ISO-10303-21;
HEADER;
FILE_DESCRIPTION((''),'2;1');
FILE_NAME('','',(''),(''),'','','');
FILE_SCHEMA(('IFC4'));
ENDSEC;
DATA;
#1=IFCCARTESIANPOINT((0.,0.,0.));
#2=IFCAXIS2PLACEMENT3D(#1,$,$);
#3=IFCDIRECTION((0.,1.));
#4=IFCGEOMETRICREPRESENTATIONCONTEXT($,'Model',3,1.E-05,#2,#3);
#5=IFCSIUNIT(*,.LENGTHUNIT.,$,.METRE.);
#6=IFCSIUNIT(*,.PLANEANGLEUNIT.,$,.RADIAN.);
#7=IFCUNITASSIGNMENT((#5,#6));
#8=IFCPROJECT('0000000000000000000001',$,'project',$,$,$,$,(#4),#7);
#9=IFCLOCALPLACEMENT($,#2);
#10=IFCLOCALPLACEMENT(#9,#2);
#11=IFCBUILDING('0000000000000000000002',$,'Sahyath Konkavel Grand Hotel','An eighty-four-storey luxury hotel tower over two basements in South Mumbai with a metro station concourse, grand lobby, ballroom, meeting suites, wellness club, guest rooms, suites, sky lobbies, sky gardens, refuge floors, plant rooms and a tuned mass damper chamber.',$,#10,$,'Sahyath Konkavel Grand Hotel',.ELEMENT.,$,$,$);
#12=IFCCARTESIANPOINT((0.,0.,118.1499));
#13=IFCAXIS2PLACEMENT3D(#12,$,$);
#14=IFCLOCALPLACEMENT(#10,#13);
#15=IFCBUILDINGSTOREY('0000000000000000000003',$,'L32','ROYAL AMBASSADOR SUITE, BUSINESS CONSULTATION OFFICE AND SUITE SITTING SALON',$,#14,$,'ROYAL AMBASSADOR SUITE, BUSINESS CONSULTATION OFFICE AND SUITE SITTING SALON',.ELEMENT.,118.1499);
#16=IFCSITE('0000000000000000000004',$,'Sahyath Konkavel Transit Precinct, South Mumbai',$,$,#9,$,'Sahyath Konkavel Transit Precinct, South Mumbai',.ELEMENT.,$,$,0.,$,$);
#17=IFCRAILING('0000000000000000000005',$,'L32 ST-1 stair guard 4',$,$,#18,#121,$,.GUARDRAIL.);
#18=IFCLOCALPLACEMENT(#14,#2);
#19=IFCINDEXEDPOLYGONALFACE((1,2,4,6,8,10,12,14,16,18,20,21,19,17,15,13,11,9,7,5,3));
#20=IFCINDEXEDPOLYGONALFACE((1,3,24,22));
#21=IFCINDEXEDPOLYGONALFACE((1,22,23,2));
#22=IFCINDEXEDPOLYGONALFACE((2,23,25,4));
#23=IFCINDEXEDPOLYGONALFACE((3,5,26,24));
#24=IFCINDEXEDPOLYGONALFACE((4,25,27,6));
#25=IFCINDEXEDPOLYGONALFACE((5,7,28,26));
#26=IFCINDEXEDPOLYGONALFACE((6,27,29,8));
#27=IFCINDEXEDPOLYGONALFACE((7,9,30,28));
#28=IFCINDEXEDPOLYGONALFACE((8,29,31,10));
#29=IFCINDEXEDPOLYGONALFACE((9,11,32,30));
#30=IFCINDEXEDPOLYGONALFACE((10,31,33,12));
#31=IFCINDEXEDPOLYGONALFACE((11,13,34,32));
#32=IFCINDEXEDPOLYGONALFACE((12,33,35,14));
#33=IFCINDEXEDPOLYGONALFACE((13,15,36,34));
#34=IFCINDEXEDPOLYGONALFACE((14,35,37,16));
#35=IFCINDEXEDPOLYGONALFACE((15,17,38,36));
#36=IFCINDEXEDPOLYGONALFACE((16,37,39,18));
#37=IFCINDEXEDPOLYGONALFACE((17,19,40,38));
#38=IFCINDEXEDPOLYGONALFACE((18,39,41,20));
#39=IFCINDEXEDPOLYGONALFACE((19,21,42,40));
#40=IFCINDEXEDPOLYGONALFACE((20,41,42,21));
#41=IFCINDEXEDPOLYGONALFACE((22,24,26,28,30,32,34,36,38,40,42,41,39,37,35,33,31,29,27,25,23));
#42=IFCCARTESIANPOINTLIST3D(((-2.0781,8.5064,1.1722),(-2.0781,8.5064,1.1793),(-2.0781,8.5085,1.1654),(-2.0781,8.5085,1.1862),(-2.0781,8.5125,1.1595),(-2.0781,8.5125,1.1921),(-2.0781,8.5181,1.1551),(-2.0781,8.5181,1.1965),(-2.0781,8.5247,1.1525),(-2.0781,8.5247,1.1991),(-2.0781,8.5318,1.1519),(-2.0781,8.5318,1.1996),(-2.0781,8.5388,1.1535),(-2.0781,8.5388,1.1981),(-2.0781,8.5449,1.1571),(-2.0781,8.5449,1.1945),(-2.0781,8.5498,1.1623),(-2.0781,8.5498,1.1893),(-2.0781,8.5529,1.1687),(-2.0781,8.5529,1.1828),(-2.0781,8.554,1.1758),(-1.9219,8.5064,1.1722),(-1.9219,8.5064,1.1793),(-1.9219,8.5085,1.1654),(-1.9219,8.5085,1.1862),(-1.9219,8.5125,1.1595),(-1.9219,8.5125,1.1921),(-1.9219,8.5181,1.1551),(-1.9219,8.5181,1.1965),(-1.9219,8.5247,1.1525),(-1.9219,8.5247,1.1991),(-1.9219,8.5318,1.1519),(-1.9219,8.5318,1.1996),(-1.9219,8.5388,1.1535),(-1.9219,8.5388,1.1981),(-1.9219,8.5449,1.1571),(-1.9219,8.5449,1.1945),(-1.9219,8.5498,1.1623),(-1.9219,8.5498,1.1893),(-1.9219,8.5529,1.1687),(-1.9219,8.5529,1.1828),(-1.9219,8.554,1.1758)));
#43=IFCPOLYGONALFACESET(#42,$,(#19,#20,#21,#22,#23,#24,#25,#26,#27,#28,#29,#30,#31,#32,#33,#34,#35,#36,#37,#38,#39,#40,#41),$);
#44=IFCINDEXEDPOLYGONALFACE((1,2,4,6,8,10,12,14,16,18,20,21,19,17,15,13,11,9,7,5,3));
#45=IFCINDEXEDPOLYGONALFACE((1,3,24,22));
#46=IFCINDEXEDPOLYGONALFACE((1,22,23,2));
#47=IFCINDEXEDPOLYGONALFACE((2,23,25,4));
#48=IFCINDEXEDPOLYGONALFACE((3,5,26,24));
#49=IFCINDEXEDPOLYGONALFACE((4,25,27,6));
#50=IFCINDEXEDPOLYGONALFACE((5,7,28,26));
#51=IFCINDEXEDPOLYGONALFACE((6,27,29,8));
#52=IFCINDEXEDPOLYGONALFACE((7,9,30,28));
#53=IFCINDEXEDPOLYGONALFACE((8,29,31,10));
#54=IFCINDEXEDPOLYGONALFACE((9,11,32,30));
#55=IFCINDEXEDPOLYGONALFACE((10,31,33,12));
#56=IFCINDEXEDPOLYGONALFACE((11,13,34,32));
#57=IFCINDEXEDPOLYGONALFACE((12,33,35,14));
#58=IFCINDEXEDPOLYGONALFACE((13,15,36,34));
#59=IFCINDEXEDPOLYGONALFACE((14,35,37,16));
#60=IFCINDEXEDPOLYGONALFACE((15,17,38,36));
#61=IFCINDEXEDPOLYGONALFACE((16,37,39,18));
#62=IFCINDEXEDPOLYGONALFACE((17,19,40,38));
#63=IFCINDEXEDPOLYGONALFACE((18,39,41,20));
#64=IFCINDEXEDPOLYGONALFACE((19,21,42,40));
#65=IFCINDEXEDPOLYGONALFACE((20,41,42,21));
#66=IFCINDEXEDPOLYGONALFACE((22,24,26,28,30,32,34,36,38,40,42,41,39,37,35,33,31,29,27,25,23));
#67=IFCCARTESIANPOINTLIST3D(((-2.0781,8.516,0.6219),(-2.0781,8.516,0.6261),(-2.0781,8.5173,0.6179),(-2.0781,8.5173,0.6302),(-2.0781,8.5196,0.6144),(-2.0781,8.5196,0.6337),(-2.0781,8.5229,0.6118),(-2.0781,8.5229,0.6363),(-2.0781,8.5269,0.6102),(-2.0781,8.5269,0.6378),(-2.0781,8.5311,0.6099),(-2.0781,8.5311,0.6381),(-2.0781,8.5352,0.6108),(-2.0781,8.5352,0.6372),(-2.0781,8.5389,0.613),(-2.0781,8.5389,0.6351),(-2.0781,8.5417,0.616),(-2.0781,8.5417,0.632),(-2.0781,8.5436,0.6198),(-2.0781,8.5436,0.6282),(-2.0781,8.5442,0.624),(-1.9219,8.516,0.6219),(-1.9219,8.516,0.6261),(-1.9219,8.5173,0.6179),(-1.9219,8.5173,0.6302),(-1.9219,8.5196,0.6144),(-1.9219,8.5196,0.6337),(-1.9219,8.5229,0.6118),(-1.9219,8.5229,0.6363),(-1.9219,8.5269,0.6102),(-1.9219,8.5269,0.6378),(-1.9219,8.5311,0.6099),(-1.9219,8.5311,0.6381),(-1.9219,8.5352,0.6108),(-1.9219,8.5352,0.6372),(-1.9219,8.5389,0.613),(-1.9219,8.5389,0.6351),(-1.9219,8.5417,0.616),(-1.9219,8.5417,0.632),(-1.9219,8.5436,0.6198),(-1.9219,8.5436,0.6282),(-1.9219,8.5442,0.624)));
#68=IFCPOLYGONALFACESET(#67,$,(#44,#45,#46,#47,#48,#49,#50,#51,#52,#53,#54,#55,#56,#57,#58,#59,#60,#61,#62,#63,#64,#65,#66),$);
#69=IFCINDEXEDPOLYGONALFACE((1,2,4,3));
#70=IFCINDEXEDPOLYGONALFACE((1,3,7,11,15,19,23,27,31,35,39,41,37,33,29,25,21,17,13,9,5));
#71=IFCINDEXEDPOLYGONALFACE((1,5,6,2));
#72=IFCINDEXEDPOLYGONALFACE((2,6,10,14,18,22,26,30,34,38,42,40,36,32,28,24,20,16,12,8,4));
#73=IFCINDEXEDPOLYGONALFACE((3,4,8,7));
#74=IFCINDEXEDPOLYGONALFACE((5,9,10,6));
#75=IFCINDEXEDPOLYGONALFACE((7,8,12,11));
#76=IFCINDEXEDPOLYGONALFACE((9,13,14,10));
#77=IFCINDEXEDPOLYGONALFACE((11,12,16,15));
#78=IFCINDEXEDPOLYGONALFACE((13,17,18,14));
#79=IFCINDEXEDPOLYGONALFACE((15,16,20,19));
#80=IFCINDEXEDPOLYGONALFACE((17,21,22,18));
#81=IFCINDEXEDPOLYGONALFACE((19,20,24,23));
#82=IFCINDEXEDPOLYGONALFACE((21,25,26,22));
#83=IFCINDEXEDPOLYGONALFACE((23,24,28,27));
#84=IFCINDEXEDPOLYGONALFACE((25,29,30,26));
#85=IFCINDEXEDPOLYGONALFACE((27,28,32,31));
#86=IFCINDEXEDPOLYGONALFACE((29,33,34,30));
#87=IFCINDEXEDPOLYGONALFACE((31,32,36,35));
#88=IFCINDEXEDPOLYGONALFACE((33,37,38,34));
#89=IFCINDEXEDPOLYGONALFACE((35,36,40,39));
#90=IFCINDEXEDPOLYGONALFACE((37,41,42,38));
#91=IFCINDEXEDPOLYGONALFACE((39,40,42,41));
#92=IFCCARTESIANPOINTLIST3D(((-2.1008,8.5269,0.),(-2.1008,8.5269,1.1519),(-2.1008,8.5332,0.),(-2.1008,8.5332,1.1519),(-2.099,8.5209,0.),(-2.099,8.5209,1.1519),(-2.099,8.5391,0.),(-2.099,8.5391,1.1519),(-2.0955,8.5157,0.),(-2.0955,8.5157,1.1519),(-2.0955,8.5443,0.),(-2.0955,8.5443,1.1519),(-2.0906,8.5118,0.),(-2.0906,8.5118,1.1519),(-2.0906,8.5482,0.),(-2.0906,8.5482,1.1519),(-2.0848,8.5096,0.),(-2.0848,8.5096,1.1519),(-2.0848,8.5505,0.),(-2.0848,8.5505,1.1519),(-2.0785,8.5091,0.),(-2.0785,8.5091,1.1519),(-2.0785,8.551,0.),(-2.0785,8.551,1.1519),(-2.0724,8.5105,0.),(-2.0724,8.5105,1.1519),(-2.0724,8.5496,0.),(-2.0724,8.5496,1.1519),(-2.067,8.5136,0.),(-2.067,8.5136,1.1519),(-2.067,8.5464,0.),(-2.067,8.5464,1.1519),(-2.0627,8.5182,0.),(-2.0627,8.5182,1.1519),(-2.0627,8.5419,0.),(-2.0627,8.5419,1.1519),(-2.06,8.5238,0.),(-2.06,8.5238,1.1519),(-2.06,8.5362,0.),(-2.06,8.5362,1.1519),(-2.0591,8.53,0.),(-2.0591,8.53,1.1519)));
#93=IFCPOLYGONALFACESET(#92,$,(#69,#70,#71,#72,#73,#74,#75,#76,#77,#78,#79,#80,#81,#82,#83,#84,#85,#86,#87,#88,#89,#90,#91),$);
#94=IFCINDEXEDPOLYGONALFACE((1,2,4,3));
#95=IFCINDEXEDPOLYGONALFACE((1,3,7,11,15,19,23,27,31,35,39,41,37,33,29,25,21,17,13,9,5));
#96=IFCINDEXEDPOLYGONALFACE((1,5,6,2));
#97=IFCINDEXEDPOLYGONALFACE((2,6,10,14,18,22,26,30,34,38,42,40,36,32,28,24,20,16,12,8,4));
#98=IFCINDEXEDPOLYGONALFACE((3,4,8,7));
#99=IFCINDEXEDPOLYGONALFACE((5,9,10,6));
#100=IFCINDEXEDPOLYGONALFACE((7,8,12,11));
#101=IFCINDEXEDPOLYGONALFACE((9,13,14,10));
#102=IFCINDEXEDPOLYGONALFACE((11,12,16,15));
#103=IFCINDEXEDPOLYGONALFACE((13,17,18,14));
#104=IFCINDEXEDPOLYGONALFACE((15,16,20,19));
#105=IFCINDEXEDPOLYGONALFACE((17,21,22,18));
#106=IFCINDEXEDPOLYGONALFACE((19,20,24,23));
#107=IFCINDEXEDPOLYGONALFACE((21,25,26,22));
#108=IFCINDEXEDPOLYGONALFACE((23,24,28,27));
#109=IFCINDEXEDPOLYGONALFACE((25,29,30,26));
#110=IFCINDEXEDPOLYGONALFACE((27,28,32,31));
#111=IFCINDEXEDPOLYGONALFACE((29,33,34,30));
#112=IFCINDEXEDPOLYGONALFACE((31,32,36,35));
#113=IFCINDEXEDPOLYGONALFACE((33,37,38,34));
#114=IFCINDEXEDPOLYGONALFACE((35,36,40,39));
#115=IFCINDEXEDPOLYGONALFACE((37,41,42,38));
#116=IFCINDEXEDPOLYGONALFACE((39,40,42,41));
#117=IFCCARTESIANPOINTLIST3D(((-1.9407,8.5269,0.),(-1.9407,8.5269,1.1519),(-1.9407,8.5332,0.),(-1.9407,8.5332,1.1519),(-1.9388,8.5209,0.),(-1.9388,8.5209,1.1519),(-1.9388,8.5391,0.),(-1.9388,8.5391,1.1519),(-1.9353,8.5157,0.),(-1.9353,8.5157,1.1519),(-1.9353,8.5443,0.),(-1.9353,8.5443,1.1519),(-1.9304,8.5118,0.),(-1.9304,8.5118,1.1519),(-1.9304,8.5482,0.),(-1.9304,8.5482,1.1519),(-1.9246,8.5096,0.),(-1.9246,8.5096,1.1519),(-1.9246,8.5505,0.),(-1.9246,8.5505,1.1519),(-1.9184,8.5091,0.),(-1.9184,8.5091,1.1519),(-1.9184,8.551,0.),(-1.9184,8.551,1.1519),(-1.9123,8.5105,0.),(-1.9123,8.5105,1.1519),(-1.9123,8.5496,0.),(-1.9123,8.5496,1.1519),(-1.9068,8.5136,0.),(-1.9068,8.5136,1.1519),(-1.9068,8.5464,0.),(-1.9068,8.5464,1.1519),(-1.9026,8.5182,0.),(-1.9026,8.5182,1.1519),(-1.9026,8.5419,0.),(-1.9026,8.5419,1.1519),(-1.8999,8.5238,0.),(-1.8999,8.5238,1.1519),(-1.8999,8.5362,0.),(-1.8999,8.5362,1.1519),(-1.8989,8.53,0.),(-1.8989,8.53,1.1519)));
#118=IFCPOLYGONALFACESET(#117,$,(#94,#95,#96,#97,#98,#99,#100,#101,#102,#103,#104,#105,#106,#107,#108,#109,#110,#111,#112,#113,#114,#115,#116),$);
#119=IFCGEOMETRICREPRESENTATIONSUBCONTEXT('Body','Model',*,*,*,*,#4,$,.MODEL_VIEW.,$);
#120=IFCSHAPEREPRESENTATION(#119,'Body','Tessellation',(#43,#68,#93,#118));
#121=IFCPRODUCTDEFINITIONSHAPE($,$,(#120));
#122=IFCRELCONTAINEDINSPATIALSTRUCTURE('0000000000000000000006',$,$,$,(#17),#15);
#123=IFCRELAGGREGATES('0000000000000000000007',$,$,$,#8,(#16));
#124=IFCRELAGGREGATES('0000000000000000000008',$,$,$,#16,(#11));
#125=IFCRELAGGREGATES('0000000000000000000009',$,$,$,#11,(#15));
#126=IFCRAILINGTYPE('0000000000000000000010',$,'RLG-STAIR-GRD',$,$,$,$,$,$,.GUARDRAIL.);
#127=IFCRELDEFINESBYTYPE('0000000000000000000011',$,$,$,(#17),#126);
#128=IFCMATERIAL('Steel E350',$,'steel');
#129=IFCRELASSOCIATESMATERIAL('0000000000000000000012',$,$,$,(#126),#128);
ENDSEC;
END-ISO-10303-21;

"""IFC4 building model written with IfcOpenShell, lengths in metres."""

from ifc_helpers import new_model, si_unit, direction, frame, origin, origin_2d, place, context, subcontext, project, spatial, circle, extrude, material, type_object, element, save


model = new_model("IFC4")

# Units and contexts
model_context = context("Model", 3, precision=1e-05, world=origin(), true_north=direction((0.0, 1.0)))
body_context = subcontext(model_context, "Body", "Model", "MODEL_VIEW")
ifc_project = project(units=[si_unit("LENGTHUNIT", "METRE"), si_unit("PLANEANGLEUNIT", "RADIAN")], contexts=[model_context])

# Site, building, storey
site_placement = place(None, origin())
site = spatial("IfcSite", under=ifc_project, at=site_placement, Name="Sahyath Konkavel Transit Precinct, South Mumbai", LongName="Sahyath Konkavel Transit Precinct, South Mumbai", CompositionType="ELEMENT", RefElevation=0.0)
building_placement = place(site_placement, origin())
building = spatial("IfcBuilding", under=site, at=building_placement, Name="Sahyath Konkavel Grand Hotel", Description="An eighty-four-storey luxury hotel tower over two basements in South Mumbai with a metro station concourse, grand lobby, ballroom, meeting suites, wellness club, guest rooms, suites, sky lobbies, sky gardens, refuge floors, plant rooms and a tuned mass damper chamber.", LongName="Sahyath Konkavel Grand Hotel", CompositionType="ELEMENT")
storey_placement = place(building_placement, frame((0.0, 0.0, 118.1499)))
storey = spatial("IfcBuildingStorey", under=building, at=storey_placement, Name="L32", Description="ROYAL AMBASSADOR SUITE, BUSINESS CONSULTATION OFFICE AND SUITE SITTING SALON", LongName="ROYAL AMBASSADOR SUITE, BUSINESS CONSULTATION OFFICE AND SUITE SITTING SALON", CompositionType="ELEMENT", Elevation=118.1499)

# Shared definitions
ifc_material_1 = material(Name="Steel E350", Category="steel")

# Railing
railing_type_1 = type_object("IfcRailingType", Name="RLG-STAIR-GRD", PredefinedType="GUARDRAIL", material=ifc_material_1)
railing_1_placement = place(storey_placement, frame((-2.0801, 8.53, 0.0)))
element("IfcRailing", 1, at=railing_1_placement, inside=storey, type_object=railing_type_1, Name="L32 ST-1 stair guard 4", PredefinedType="GUARDRAIL", context=body_context, shape_type="SweptSolid", body=[
    extrude(circle(Radius=0.0239, at=origin_2d()), frame((0.002, 0.0, 1.1758), z_axis=(1.0, 0.0, 0.0), x_axis=(0.0, 1.0, 0.0)), (0.0, 0.0, 1.0), 0.1562),
    extrude(circle(Radius=0.0142, at=origin_2d()), frame((0.002, 0.0, 0.624), z_axis=(1.0, 0.0, 0.0), x_axis=(0.0, 1.0, 0.0)), (0.0, 0.0, 1.0), 0.1562),
    extrude(circle(Radius=0.021, at=origin_2d()), origin(), (0.0, 0.0, 1.0), 1.1519),
    extrude(circle(Radius=0.021, at=origin_2d()), frame((0.1602, 0.0, 0.0)), (0.0, 0.0, 1.0), 1.1519),
])

save(model, "model.ifc")
